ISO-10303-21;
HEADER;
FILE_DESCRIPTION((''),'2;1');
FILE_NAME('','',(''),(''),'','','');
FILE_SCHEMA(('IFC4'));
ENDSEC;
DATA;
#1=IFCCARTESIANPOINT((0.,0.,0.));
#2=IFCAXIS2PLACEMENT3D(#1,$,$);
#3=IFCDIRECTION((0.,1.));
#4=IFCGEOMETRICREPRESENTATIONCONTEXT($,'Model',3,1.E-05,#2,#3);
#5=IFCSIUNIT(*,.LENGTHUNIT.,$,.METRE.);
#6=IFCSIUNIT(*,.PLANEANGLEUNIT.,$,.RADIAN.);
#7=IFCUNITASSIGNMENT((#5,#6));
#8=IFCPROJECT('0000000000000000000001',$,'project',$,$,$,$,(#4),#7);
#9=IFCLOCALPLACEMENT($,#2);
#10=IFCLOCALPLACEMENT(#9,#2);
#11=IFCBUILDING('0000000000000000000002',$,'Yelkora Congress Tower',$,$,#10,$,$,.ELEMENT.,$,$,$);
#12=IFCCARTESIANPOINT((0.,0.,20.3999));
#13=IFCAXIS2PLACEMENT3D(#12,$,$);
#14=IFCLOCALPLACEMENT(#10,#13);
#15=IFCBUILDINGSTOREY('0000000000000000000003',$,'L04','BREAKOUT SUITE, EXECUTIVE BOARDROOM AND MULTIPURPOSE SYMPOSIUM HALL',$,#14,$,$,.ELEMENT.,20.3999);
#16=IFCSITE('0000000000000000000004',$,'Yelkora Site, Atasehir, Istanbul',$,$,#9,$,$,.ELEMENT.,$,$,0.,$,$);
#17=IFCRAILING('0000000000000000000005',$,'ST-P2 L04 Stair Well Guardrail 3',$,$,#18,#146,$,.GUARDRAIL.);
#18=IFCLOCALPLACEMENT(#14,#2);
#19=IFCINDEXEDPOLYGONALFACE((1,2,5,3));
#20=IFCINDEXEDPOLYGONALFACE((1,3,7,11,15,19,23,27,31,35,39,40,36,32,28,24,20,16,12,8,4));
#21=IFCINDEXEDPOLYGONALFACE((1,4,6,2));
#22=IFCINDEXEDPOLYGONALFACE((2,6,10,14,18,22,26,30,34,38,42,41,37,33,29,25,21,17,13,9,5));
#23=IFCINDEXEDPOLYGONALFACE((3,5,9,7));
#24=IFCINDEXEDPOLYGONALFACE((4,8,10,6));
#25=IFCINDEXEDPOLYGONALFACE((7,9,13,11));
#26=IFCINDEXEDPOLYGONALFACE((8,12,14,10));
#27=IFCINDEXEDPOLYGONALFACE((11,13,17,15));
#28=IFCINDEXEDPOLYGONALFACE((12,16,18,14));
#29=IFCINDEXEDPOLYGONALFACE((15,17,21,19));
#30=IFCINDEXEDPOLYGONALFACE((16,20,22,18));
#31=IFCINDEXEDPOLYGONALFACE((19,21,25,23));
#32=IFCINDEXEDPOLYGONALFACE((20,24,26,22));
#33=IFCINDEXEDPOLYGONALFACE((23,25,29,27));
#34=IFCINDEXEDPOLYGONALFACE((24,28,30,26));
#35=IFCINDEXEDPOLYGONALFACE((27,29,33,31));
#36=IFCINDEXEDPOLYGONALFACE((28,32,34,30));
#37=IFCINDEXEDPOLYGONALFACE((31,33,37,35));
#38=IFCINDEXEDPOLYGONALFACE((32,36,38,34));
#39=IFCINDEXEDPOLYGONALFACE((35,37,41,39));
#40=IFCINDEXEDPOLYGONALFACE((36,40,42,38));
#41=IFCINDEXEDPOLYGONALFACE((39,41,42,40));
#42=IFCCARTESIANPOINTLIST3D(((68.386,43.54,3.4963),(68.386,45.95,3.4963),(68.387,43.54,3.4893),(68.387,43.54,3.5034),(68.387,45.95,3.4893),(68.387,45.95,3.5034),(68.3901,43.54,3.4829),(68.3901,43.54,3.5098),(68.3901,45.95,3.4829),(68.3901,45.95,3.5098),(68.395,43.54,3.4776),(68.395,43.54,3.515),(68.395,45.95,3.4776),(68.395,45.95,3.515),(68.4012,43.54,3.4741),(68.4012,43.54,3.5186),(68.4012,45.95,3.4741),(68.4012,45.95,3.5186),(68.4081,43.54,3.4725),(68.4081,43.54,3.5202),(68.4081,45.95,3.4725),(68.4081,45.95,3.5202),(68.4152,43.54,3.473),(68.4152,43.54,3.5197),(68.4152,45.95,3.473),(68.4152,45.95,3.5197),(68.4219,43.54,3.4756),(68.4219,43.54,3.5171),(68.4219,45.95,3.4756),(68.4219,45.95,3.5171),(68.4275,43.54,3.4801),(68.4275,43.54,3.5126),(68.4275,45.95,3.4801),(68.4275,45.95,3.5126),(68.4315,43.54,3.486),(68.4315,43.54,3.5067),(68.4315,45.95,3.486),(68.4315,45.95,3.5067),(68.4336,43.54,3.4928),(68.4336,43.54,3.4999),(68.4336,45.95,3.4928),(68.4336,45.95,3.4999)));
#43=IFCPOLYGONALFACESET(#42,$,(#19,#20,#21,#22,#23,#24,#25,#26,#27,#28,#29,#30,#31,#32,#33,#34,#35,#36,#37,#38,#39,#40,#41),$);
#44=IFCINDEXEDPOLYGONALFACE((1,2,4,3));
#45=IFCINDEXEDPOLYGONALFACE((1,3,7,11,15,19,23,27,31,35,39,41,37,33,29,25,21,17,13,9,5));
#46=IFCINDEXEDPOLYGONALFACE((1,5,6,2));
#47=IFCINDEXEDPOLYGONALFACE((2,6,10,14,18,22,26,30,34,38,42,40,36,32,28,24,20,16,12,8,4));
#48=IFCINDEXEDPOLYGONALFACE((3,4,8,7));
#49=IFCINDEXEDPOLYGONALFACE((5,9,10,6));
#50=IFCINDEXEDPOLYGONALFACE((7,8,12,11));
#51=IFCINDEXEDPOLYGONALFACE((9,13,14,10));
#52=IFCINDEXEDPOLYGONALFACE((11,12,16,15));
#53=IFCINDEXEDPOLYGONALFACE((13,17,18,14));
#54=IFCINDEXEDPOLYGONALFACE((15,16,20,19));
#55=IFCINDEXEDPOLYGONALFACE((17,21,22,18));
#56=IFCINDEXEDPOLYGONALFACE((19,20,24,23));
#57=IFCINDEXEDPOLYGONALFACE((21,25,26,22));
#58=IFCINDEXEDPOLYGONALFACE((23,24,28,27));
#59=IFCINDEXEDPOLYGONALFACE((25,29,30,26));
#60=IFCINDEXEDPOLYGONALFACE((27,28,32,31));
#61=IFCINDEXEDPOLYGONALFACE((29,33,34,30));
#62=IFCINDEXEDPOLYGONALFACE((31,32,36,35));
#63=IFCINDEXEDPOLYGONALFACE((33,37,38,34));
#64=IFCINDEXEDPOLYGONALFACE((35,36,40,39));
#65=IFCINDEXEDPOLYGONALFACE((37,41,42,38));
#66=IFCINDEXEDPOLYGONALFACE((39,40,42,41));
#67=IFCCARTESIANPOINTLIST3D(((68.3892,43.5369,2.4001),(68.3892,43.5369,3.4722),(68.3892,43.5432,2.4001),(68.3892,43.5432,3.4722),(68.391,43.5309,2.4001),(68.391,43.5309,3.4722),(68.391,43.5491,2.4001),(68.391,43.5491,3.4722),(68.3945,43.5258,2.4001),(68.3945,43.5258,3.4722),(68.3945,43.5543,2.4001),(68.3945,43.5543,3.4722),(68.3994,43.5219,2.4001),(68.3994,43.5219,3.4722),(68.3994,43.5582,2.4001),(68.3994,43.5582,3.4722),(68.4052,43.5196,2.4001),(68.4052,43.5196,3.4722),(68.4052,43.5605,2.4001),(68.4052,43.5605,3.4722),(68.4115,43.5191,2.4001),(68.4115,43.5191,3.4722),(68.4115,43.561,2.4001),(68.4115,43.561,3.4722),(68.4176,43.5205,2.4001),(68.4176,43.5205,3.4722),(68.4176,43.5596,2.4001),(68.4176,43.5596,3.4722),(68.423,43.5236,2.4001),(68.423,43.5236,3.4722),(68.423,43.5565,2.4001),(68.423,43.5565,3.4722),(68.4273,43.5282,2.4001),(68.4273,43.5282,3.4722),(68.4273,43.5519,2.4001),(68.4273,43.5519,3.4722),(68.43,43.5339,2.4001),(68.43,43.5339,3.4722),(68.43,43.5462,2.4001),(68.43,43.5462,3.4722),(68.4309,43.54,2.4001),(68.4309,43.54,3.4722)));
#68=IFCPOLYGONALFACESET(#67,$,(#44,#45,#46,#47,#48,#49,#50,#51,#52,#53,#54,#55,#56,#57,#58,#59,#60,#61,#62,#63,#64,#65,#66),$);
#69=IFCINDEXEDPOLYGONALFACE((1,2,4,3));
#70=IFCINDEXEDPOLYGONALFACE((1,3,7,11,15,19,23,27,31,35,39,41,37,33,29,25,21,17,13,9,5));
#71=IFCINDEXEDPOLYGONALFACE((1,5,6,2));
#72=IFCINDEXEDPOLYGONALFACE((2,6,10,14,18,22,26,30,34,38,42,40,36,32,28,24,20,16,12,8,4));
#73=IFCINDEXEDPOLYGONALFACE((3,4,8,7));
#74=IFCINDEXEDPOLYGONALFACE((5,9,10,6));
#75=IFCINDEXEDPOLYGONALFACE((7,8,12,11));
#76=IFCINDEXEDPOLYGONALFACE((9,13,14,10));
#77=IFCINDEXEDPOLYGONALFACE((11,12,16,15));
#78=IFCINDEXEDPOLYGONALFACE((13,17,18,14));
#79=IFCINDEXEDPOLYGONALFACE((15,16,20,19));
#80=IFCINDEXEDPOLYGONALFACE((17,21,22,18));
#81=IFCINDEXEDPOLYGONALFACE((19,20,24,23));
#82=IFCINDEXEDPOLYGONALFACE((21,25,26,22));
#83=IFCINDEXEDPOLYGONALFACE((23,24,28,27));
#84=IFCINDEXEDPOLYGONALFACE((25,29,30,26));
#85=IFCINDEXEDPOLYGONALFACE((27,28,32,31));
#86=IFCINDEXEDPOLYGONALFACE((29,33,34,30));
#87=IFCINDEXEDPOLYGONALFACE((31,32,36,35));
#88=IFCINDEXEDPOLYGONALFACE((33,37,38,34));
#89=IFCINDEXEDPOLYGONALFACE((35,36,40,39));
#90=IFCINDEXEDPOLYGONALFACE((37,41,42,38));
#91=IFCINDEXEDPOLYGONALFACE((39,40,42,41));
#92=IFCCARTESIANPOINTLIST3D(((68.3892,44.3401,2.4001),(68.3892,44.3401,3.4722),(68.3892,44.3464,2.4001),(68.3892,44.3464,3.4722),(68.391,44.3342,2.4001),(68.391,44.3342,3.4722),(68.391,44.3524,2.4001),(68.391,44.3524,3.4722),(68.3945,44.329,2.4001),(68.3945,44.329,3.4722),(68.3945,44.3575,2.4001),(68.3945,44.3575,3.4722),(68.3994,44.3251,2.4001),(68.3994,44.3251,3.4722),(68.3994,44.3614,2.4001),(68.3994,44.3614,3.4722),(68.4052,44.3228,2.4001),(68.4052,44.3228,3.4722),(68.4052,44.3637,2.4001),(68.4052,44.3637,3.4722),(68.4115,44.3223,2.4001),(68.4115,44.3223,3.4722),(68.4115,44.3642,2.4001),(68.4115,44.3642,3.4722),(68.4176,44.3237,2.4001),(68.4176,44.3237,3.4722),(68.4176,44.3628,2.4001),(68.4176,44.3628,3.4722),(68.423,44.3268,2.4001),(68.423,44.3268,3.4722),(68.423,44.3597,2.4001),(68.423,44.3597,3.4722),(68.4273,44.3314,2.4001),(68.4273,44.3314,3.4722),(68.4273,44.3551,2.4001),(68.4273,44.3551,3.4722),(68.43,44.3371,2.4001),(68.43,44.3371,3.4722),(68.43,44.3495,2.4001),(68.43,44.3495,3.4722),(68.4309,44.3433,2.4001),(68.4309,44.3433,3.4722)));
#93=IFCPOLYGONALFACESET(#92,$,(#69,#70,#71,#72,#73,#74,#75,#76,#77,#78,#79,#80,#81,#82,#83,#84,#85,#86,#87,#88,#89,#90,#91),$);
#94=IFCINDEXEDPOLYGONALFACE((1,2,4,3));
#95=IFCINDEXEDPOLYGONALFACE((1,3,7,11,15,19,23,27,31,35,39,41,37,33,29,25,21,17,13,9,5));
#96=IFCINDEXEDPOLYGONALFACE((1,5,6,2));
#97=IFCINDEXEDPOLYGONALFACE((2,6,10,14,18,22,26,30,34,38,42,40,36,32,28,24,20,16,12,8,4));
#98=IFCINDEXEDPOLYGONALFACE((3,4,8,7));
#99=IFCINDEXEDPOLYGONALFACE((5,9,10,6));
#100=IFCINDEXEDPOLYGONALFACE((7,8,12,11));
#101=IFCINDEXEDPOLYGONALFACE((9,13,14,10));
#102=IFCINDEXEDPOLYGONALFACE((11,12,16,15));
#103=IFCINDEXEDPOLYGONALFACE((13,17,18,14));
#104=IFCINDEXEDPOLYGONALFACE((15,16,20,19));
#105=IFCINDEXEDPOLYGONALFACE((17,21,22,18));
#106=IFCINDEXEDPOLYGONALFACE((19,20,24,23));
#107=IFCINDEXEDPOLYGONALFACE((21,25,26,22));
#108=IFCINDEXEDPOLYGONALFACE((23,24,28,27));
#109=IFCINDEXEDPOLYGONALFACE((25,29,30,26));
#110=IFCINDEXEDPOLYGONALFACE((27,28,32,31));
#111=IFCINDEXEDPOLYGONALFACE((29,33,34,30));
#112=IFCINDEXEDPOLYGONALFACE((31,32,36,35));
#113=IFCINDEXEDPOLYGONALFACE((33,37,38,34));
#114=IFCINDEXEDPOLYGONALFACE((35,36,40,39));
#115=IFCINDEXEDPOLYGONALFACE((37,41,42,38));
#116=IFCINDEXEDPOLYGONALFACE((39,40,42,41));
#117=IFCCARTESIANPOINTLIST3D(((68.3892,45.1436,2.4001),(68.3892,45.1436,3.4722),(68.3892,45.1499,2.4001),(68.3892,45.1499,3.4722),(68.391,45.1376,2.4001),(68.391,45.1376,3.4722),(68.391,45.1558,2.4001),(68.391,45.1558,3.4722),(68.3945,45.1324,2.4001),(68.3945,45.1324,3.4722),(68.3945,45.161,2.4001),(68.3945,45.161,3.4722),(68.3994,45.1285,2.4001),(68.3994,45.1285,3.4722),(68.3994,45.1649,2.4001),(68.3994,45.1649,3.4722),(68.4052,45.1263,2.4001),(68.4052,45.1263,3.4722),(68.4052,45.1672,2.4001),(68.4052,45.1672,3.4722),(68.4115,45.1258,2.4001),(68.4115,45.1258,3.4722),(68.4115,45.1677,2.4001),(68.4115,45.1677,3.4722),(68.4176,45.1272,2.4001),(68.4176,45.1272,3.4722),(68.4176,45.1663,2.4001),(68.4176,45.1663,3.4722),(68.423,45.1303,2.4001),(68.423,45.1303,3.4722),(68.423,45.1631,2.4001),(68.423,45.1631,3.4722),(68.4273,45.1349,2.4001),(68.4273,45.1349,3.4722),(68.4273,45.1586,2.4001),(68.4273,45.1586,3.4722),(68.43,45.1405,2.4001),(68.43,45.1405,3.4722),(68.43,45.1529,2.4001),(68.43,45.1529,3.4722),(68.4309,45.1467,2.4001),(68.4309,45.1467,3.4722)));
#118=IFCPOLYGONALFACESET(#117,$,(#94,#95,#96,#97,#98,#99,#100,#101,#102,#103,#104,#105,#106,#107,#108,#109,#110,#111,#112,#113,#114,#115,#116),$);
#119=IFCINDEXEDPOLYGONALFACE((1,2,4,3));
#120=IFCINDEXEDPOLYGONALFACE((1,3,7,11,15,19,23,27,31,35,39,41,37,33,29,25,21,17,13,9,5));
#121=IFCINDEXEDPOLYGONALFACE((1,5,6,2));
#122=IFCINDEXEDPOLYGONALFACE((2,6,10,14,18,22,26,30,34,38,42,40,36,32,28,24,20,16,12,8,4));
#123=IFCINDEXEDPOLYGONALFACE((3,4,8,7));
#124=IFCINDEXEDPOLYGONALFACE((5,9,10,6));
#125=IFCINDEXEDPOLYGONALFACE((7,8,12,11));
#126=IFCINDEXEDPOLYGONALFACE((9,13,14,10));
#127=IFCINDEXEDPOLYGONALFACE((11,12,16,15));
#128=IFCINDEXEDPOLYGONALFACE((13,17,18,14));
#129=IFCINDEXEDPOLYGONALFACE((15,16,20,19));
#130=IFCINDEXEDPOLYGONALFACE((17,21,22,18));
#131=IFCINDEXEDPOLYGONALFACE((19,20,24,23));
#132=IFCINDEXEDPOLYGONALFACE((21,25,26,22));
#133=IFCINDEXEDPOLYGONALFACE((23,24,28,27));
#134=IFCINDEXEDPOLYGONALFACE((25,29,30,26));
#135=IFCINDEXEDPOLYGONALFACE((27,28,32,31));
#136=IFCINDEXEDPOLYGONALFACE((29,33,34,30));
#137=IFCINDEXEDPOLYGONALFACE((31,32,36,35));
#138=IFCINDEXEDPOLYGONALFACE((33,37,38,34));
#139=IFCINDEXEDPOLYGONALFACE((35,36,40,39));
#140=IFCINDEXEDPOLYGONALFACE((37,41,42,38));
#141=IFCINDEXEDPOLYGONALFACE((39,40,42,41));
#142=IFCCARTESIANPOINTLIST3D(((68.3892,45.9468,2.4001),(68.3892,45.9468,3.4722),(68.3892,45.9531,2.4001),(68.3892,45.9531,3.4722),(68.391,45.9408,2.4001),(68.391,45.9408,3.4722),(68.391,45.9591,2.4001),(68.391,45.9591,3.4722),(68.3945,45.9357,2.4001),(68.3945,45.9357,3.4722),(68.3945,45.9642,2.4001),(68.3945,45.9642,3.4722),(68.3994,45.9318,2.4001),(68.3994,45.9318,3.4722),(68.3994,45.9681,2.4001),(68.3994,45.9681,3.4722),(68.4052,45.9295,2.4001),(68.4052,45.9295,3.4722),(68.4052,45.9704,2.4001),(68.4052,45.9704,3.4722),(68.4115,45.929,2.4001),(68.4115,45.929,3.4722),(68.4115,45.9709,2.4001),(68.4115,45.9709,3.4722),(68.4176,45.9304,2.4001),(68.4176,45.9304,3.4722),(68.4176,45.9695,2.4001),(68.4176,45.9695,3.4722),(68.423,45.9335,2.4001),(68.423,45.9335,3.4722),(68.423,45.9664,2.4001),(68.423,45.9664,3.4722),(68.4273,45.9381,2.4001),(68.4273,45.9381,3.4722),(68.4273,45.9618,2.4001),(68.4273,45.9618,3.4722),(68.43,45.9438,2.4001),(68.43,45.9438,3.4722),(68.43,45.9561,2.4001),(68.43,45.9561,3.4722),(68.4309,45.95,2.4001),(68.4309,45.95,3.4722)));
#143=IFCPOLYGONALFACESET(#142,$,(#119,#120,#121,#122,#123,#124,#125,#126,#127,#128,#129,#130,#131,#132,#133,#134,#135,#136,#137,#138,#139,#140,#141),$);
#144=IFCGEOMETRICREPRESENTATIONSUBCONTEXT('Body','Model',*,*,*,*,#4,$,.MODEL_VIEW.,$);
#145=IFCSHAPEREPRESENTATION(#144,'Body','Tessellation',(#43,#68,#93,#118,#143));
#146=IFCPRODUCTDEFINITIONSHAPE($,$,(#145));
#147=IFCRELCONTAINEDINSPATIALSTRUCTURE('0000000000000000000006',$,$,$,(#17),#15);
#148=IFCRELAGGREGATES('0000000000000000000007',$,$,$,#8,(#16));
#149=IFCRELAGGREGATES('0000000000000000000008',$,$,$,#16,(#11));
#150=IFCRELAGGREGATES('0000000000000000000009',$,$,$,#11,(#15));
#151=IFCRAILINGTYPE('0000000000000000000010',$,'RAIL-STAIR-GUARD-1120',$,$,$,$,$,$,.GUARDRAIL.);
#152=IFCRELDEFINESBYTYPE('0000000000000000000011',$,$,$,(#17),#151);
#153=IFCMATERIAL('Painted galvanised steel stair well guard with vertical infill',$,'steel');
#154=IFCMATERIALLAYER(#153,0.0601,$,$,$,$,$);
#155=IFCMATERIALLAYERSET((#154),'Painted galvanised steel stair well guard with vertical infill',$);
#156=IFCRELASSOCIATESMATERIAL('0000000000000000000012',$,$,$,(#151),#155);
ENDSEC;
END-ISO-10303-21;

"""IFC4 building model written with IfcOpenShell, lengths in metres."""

from ifc_helpers import new_model, si_unit, direction, frame, origin, origin_2d, place, context, subcontext, project, spatial, circle, extrude, material, layer, layer_set, type_object, element, save


model = new_model("IFC4")

# Units and contexts
model_context = context("Model", 3, precision=1e-05, world=origin(), true_north=direction((0.0, 1.0)))
body_context = subcontext(model_context, "Body", "Model", "MODEL_VIEW")
ifc_project = project(units=[si_unit("LENGTHUNIT", "METRE"), si_unit("PLANEANGLEUNIT", "RADIAN")], contexts=[model_context])

# Site, building, storey
site_placement = place(None, origin())
site = spatial("IfcSite", under=ifc_project, at=site_placement, Name="Yelkora Site, Atasehir, Istanbul", CompositionType="ELEMENT", RefElevation=0.0)
building_placement = place(site_placement, origin())
building = spatial("IfcBuilding", under=site, at=building_placement, Name="Yelkora Congress Tower", CompositionType="ELEMENT")
storey_placement = place(building_placement, frame((0.0, 0.0, 20.3999)))
storey = spatial("IfcBuildingStorey", under=building, at=storey_placement, Name="L04", Description="BREAKOUT SUITE, EXECUTIVE BOARDROOM AND MULTIPURPOSE SYMPOSIUM HALL", CompositionType="ELEMENT", Elevation=20.3999)

# Railing
ifc_material_1 = material(Name="Painted galvanised steel stair well guard with vertical infill", Category="steel")
ifc_layer_1 = layer(ifc_material_1, 0.0601)
ifc_layer_set_1 = layer_set([ifc_layer_1], Name="Painted galvanised steel stair well guard with vertical infill")
railing_type_1 = type_object("IfcRailingType", Name="RAIL-STAIR-GUARD-1120", PredefinedType="GUARDRAIL", material=ifc_layer_set_1)
railing_1_placement = place(storey_placement, frame((68.4099, 43.54, 2.4001)))
element("IfcRailing", 1, at=railing_1_placement, inside=storey, type_object=railing_type_1, Name="ST-P2 L04 Stair Well Guardrail 3", PredefinedType="GUARDRAIL", context=body_context, shape_type="SweptSolid", body=[
    extrude(circle(Radius=0.0239, at=origin_2d()), frame((0.0, 0.0, 1.0962), z_axis=(0.0, 1.0, 0.0), x_axis=(-1.0, 0.0, 0.0)), (0.0, 0.0, 1.0), 2.4099),
    extrude(circle(Radius=0.021, at=origin_2d()), origin(), (0.0, 0.0, 1.0), 1.072),
    extrude(circle(Radius=0.021, at=origin_2d()), frame((0.0, 0.8032, 0.0)), (0.0, 0.0, 1.0), 1.072),
    extrude(circle(Radius=0.021, at=origin_2d()), frame((0.0, 1.6067, 0.0)), (0.0, 0.0, 1.0), 1.072),
    extrude(circle(Radius=0.021, at=origin_2d()), frame((0.0, 2.4099, 0.0)), (0.0, 0.0, 1.0), 1.072),
])

save(model, "model.ifc")
